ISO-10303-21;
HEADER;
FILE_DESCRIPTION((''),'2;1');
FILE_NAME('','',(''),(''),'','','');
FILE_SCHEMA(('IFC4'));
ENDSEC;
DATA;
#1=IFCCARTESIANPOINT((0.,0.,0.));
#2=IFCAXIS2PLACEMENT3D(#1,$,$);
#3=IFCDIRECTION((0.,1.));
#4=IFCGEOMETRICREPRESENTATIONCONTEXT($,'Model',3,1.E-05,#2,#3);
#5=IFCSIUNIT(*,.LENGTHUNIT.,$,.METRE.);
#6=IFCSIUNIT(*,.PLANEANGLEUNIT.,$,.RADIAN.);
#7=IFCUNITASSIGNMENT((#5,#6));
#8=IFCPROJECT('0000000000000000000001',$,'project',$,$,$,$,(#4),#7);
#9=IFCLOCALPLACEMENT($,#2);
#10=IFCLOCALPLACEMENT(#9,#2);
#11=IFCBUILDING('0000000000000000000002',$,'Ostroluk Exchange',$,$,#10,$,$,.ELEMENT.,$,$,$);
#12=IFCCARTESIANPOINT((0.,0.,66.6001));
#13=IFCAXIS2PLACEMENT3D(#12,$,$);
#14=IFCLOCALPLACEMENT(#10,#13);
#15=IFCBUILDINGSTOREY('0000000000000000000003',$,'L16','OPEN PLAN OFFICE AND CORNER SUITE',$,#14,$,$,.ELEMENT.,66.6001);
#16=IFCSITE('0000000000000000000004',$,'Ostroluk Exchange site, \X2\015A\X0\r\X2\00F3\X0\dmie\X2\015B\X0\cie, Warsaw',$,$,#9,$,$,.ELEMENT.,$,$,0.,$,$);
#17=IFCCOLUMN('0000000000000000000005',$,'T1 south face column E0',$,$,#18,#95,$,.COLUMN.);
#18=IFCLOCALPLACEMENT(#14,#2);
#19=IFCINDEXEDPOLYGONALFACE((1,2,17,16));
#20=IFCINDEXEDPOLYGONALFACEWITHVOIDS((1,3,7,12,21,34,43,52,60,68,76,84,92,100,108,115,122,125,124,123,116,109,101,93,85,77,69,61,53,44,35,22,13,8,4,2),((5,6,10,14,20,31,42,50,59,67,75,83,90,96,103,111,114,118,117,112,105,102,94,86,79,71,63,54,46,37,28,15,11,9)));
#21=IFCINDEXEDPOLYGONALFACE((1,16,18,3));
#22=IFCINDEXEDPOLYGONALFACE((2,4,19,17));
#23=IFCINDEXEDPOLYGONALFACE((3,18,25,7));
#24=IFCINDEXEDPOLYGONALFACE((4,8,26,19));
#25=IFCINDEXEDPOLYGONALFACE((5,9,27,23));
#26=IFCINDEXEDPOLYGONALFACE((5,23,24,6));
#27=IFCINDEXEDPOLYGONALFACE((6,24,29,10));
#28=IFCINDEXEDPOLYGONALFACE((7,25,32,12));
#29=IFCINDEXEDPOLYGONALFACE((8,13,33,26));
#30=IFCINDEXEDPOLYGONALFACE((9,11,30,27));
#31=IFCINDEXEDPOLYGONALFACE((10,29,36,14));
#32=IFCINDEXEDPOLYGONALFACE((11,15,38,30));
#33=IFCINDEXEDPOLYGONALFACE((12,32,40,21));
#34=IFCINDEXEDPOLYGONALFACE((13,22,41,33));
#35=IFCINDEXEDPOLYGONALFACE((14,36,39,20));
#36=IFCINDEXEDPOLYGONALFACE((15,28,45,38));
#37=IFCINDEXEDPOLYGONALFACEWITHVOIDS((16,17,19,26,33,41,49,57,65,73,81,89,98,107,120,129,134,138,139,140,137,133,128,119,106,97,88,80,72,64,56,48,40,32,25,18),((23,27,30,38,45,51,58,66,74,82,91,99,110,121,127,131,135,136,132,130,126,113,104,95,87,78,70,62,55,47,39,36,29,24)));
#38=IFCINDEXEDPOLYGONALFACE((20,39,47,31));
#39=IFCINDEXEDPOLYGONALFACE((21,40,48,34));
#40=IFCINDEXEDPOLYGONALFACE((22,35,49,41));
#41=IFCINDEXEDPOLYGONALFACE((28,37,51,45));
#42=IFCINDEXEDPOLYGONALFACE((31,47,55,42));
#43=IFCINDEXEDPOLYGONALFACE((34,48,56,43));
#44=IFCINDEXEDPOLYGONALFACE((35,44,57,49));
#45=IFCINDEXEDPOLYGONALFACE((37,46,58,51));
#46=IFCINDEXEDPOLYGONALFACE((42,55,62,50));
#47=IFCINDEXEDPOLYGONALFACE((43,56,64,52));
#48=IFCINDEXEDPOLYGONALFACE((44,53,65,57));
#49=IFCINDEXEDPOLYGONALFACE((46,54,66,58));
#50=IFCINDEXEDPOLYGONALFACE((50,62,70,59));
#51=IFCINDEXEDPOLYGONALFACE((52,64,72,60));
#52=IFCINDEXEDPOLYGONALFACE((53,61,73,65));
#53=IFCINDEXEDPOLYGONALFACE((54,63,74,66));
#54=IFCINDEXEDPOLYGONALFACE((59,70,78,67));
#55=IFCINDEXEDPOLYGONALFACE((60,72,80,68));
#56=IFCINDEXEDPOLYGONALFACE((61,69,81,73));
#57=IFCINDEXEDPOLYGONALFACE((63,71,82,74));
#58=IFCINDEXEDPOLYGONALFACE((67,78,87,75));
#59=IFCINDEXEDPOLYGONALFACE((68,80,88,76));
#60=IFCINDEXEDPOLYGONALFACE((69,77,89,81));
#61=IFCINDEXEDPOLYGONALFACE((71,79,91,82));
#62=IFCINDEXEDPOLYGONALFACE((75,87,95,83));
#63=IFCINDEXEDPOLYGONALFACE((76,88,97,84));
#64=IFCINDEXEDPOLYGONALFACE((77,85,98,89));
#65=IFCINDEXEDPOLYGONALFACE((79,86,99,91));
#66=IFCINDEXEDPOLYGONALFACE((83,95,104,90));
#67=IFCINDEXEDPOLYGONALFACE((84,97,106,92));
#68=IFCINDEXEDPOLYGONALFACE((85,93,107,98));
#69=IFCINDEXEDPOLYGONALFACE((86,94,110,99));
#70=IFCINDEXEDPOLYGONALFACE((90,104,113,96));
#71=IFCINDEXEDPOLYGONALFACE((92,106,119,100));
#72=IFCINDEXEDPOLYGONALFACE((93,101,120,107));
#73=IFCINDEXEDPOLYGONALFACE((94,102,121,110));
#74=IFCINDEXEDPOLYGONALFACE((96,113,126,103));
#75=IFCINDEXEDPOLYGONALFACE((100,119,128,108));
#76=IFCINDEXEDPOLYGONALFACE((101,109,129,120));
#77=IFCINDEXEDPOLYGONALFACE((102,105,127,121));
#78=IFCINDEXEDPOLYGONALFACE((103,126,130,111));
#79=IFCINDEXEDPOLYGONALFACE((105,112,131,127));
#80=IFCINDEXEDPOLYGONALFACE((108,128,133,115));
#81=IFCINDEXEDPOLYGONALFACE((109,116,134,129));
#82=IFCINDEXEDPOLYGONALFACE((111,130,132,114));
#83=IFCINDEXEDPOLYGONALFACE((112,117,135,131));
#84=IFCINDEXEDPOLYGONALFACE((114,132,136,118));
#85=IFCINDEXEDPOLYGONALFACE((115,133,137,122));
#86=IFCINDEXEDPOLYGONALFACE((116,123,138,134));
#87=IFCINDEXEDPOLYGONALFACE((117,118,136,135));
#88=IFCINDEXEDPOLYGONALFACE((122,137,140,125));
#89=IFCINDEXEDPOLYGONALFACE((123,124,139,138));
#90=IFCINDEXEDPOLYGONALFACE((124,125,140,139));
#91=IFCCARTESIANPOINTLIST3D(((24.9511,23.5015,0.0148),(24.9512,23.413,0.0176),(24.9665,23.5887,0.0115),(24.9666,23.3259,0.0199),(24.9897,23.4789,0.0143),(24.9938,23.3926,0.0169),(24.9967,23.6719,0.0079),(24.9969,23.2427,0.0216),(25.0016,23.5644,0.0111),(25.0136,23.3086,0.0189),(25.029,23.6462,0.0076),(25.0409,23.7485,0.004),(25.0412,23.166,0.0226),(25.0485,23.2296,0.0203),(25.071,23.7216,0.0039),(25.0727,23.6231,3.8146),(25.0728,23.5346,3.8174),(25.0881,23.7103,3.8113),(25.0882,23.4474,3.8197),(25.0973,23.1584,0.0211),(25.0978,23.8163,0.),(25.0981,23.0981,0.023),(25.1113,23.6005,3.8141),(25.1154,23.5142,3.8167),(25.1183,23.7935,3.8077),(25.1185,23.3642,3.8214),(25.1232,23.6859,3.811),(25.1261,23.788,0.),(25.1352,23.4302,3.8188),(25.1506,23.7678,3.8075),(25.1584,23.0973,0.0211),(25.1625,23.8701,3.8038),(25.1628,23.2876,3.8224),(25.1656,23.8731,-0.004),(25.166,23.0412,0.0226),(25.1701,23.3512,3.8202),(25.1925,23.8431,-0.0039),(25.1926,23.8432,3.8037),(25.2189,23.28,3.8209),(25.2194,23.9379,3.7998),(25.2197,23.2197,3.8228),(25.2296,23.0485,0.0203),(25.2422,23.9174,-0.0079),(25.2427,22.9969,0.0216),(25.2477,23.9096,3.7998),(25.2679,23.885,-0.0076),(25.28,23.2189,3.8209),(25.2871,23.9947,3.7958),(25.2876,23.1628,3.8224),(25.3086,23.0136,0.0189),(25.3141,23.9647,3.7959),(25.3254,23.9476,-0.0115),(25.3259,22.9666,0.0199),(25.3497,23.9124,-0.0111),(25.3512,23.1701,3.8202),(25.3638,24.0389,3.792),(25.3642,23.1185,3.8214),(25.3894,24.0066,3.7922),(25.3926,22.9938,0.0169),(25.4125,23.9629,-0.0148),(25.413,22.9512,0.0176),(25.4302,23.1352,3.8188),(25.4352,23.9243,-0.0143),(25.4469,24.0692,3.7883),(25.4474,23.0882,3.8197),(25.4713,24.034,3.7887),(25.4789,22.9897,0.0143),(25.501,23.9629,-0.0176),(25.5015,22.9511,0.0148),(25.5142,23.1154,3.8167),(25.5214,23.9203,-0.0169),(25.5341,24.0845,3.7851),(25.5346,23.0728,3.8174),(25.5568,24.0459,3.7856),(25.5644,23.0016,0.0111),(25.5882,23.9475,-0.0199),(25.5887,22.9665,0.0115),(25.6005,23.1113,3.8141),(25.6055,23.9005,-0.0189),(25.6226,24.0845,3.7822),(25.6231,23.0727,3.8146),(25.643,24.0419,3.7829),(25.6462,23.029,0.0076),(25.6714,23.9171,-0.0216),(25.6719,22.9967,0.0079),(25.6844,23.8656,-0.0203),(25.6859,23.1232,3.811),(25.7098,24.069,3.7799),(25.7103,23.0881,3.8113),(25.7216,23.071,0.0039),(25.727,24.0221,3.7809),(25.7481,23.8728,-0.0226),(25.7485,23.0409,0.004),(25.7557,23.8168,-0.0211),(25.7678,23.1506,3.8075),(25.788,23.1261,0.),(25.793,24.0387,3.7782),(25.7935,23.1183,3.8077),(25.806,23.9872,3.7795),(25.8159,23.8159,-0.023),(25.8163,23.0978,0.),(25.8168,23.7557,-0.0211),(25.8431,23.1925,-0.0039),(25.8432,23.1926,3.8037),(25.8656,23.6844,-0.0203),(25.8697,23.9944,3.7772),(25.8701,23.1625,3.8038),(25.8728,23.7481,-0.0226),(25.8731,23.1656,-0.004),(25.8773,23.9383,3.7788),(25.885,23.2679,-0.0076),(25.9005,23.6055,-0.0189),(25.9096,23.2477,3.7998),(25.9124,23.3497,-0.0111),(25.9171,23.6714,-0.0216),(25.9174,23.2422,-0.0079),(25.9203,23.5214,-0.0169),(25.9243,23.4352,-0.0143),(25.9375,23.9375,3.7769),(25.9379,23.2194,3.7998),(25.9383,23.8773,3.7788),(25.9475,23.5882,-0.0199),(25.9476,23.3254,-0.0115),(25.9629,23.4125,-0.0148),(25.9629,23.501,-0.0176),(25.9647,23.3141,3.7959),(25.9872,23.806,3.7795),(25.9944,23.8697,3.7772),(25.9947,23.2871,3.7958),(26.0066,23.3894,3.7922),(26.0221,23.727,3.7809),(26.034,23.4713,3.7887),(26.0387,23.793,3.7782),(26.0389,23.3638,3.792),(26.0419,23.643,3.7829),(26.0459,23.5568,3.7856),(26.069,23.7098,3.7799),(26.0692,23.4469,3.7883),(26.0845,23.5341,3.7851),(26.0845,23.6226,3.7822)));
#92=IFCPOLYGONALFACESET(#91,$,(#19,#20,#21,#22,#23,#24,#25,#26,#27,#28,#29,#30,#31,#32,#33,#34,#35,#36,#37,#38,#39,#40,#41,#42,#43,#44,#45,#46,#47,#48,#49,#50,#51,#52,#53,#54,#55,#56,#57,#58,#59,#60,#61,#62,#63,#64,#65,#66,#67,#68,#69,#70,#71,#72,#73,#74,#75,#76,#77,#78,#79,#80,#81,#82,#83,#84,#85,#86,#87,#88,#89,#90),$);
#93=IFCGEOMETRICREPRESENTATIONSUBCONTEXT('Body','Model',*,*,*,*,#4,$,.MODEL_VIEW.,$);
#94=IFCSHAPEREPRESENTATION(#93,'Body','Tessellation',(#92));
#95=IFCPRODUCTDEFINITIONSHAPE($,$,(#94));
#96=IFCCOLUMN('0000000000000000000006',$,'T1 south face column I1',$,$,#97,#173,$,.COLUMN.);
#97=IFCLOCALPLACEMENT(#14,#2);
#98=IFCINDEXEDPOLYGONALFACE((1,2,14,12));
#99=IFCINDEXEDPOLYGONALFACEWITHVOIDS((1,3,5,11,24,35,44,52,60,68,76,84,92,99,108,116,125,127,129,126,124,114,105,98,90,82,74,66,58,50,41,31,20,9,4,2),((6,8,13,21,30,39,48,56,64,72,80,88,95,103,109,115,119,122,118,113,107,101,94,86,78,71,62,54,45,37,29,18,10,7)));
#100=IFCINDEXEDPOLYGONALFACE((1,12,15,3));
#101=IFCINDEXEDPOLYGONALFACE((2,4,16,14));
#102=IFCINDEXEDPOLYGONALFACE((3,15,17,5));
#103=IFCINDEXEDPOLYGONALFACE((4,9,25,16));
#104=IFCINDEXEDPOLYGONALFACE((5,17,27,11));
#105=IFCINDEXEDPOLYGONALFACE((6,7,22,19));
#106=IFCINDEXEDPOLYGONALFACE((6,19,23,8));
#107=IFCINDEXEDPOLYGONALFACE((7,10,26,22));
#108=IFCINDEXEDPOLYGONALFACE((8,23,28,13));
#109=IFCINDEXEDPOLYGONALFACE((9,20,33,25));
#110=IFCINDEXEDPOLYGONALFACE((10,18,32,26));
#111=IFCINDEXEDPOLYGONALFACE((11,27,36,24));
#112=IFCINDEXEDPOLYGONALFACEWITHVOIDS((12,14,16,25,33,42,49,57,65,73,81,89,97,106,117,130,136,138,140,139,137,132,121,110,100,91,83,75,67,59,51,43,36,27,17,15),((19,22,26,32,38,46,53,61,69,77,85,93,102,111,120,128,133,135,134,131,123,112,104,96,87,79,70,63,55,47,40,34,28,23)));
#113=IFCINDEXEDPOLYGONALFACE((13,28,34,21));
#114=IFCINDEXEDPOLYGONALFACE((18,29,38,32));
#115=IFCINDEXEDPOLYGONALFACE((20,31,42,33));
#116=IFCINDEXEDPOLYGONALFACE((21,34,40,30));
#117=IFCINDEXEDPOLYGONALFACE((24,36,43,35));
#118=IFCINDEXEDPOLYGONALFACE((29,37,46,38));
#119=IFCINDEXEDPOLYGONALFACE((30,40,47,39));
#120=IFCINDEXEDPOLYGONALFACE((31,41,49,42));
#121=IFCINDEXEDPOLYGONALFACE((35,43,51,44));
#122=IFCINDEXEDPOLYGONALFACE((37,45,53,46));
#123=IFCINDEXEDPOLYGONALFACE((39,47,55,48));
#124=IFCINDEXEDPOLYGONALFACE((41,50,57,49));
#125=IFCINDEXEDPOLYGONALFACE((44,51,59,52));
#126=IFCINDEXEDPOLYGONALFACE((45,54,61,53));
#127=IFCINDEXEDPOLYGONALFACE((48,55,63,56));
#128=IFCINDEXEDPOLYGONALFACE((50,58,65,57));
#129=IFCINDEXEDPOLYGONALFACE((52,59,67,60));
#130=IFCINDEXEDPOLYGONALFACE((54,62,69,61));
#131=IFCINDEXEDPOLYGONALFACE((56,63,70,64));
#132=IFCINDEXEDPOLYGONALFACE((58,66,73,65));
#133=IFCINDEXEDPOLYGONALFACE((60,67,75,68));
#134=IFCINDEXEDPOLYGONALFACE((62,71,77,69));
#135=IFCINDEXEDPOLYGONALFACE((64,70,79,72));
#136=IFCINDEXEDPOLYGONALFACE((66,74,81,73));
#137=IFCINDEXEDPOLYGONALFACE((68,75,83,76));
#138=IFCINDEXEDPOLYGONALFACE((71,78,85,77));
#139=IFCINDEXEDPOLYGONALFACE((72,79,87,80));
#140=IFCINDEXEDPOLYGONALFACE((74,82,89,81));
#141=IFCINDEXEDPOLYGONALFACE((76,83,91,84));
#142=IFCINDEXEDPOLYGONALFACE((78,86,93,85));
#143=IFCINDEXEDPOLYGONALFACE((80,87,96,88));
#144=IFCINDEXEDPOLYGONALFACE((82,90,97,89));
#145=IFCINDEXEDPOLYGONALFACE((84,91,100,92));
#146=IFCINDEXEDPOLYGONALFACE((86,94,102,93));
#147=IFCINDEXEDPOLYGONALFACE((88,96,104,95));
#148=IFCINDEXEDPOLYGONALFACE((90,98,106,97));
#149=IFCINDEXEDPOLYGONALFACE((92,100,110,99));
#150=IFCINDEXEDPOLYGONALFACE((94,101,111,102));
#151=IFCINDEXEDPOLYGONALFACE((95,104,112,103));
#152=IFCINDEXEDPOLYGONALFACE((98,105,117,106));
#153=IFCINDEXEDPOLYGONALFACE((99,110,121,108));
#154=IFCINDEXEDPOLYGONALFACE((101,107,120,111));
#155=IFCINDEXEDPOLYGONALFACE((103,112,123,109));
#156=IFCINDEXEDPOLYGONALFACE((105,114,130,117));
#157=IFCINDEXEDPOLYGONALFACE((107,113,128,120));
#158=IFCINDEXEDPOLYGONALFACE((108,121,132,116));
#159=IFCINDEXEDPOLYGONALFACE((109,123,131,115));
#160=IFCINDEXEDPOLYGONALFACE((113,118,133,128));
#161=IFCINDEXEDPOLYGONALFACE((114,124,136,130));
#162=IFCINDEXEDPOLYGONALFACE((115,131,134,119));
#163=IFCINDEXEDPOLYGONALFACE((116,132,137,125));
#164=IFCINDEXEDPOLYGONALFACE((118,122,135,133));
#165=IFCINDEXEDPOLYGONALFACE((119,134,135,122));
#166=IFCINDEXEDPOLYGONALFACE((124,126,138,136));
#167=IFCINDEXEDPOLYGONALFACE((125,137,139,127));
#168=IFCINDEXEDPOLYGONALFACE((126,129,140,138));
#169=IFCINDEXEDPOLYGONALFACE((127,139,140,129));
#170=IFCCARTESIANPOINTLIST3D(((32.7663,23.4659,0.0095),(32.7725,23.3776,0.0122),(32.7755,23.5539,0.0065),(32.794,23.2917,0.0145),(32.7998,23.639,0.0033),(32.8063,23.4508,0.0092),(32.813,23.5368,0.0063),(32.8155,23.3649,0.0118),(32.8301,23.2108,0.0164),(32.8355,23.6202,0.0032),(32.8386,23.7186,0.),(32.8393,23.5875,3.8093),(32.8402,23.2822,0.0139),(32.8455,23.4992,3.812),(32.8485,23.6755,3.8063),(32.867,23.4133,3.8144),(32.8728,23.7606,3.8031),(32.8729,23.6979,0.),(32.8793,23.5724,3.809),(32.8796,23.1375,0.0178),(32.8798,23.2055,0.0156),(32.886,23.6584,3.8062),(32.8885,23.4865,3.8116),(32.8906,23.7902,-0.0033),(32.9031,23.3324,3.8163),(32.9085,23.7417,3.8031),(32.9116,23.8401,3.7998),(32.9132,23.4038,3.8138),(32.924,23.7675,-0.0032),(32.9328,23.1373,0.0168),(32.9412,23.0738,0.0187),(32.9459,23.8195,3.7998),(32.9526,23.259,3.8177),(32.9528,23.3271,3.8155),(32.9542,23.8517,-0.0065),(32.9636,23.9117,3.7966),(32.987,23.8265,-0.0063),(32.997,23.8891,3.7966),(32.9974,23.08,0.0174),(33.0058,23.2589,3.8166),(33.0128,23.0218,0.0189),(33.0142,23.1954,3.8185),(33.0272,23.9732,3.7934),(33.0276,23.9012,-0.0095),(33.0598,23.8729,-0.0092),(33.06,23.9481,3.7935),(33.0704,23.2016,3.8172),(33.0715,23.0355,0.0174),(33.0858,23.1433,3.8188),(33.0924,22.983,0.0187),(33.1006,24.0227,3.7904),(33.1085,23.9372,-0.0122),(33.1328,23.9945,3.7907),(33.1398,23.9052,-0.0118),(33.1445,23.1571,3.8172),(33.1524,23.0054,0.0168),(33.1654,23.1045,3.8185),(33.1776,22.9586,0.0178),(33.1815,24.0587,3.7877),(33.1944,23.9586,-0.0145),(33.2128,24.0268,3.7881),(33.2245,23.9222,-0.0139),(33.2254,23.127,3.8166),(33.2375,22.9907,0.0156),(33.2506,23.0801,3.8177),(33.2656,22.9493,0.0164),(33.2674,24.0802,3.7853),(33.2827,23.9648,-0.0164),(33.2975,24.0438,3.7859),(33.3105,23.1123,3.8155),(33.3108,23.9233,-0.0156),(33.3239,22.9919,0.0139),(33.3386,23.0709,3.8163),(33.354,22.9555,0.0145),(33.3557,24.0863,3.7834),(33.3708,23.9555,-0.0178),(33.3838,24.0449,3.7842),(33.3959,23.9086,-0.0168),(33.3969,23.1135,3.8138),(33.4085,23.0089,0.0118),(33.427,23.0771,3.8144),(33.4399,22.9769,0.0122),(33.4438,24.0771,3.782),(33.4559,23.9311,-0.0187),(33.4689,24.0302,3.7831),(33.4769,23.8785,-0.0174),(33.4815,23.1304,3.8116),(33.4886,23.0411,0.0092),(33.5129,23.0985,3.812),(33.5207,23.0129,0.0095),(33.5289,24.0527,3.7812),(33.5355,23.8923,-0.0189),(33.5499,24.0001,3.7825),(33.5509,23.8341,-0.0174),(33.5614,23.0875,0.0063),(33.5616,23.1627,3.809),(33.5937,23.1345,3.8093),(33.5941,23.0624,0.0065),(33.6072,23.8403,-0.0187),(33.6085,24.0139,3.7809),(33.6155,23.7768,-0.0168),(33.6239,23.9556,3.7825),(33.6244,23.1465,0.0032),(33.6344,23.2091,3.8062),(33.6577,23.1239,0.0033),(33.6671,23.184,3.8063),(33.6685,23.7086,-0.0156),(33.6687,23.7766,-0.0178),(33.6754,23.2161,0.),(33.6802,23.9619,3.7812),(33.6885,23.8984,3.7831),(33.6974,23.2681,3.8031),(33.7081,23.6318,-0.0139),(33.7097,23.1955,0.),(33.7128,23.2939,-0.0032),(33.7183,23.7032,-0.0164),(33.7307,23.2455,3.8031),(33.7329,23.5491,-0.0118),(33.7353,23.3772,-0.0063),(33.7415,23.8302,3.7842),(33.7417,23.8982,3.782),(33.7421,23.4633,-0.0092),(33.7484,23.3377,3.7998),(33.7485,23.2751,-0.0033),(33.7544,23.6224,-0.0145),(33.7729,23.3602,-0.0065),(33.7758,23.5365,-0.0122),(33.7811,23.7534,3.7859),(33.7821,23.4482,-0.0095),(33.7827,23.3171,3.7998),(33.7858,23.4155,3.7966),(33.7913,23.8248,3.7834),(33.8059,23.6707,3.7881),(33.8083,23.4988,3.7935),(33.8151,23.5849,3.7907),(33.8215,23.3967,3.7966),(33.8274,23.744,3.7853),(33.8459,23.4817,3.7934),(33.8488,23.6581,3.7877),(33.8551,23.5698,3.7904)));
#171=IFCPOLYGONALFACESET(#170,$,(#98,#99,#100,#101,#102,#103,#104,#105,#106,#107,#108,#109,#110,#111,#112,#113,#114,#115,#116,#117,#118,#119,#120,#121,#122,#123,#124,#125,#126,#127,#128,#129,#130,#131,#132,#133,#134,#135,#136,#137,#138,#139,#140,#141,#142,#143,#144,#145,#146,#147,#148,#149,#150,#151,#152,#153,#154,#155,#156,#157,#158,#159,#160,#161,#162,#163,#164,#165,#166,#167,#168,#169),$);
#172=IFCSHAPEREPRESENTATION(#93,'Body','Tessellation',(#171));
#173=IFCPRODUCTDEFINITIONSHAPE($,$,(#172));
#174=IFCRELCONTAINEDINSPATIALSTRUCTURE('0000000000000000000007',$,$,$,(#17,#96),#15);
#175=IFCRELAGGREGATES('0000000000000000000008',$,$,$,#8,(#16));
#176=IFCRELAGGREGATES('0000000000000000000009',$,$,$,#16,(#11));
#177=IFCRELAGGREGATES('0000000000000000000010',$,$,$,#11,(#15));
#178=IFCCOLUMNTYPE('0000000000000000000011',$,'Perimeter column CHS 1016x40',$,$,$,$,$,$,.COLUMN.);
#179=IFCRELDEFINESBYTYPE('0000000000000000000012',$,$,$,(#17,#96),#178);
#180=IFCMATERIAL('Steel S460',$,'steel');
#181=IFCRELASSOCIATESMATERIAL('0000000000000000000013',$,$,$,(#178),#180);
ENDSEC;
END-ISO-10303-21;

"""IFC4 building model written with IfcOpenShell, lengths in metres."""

from ifc_helpers import new_model, si_unit, direction, frame, origin, origin_2d, place, context, subcontext, project, spatial, hollow_circle, extrude, material, material_profile, profile_set, type_object, element, save


model = new_model("IFC4")

# Units and contexts
model_context = context("Model", 3, precision=1e-05, world=origin(), true_north=direction((0.0, 1.0)))
body_context = subcontext(model_context, "Body", "Model", "MODEL_VIEW")
ifc_project = project(units=[si_unit("LENGTHUNIT", "METRE"), si_unit("PLANEANGLEUNIT", "RADIAN")], contexts=[model_context])

# Site, building, storey
site_placement = place(None, origin())
site = spatial("IfcSite", under=ifc_project, at=site_placement, Name="Ostroluk Exchange site, Śródmieście, Warsaw", CompositionType="ELEMENT", RefElevation=0.0)
building_placement = place(site_placement, origin())
building = spatial("IfcBuilding", under=site, at=building_placement, Name="Ostroluk Exchange", CompositionType="ELEMENT")
storey_placement = place(building_placement, frame((0.0, 0.0, 66.6001)))
storey = spatial("IfcBuildingStorey", under=building, at=storey_placement, Name="L16", Description="OPEN PLAN OFFICE AND CORNER SUITE", CompositionType="ELEMENT", Elevation=66.6001)

# Columns
ifc_material_1 = material(Name="Steel S460", Category="steel")
ifc_material_profile_1 = material_profile(ifc_material_1, hollow_circle(Radius=0.5081, WallThickness=0.04, at=origin_2d()), Name="CHS 1016x40")
ifc_profile_set_1 = profile_set([ifc_material_profile_1], Name="Steel S460")
column_type = type_object("IfcColumnType", Name="Perimeter column CHS 1016x40", PredefinedType="COLUMN", material=ifc_profile_set_1)
column_1_placement = place(storey_placement, frame((25.457, 23.457, 0.0), z_axis=(0.031964, 0.031964, 0.998978), x_axis=(-0.707107, 0.707107, 0.0)))
element("IfcColumn", 1, at=column_1_placement, inside=storey, type_object=column_type, Name="T1 south face column E0", PredefinedType="COLUMN", context=body_context, shape_type="SweptSolid", body=[
    extrude(hollow_circle(Radius=0.5081, WallThickness=0.04, at=origin_2d()), origin(), (0.0, 0.0, 1.0), 3.8037),
])
column_2_placement = place(storey_placement, frame((33.2742, 23.457, 0.0), z_axis=(0.019198, 0.031975, 0.999304), x_axis=(-0.857341, 0.514749, 0.0)))
element("IfcColumn", 2, at=column_2_placement, inside=storey, type_object=column_type, Name="T1 south face column I1", PredefinedType="COLUMN", context=body_context, shape_type="SweptSolid", body=[
    extrude(hollow_circle(Radius=0.5081, WallThickness=0.04, at=origin_2d()), origin(), (0.0, 0.0, 1.0), 3.8025),
])

save(model, "model.ifc")
